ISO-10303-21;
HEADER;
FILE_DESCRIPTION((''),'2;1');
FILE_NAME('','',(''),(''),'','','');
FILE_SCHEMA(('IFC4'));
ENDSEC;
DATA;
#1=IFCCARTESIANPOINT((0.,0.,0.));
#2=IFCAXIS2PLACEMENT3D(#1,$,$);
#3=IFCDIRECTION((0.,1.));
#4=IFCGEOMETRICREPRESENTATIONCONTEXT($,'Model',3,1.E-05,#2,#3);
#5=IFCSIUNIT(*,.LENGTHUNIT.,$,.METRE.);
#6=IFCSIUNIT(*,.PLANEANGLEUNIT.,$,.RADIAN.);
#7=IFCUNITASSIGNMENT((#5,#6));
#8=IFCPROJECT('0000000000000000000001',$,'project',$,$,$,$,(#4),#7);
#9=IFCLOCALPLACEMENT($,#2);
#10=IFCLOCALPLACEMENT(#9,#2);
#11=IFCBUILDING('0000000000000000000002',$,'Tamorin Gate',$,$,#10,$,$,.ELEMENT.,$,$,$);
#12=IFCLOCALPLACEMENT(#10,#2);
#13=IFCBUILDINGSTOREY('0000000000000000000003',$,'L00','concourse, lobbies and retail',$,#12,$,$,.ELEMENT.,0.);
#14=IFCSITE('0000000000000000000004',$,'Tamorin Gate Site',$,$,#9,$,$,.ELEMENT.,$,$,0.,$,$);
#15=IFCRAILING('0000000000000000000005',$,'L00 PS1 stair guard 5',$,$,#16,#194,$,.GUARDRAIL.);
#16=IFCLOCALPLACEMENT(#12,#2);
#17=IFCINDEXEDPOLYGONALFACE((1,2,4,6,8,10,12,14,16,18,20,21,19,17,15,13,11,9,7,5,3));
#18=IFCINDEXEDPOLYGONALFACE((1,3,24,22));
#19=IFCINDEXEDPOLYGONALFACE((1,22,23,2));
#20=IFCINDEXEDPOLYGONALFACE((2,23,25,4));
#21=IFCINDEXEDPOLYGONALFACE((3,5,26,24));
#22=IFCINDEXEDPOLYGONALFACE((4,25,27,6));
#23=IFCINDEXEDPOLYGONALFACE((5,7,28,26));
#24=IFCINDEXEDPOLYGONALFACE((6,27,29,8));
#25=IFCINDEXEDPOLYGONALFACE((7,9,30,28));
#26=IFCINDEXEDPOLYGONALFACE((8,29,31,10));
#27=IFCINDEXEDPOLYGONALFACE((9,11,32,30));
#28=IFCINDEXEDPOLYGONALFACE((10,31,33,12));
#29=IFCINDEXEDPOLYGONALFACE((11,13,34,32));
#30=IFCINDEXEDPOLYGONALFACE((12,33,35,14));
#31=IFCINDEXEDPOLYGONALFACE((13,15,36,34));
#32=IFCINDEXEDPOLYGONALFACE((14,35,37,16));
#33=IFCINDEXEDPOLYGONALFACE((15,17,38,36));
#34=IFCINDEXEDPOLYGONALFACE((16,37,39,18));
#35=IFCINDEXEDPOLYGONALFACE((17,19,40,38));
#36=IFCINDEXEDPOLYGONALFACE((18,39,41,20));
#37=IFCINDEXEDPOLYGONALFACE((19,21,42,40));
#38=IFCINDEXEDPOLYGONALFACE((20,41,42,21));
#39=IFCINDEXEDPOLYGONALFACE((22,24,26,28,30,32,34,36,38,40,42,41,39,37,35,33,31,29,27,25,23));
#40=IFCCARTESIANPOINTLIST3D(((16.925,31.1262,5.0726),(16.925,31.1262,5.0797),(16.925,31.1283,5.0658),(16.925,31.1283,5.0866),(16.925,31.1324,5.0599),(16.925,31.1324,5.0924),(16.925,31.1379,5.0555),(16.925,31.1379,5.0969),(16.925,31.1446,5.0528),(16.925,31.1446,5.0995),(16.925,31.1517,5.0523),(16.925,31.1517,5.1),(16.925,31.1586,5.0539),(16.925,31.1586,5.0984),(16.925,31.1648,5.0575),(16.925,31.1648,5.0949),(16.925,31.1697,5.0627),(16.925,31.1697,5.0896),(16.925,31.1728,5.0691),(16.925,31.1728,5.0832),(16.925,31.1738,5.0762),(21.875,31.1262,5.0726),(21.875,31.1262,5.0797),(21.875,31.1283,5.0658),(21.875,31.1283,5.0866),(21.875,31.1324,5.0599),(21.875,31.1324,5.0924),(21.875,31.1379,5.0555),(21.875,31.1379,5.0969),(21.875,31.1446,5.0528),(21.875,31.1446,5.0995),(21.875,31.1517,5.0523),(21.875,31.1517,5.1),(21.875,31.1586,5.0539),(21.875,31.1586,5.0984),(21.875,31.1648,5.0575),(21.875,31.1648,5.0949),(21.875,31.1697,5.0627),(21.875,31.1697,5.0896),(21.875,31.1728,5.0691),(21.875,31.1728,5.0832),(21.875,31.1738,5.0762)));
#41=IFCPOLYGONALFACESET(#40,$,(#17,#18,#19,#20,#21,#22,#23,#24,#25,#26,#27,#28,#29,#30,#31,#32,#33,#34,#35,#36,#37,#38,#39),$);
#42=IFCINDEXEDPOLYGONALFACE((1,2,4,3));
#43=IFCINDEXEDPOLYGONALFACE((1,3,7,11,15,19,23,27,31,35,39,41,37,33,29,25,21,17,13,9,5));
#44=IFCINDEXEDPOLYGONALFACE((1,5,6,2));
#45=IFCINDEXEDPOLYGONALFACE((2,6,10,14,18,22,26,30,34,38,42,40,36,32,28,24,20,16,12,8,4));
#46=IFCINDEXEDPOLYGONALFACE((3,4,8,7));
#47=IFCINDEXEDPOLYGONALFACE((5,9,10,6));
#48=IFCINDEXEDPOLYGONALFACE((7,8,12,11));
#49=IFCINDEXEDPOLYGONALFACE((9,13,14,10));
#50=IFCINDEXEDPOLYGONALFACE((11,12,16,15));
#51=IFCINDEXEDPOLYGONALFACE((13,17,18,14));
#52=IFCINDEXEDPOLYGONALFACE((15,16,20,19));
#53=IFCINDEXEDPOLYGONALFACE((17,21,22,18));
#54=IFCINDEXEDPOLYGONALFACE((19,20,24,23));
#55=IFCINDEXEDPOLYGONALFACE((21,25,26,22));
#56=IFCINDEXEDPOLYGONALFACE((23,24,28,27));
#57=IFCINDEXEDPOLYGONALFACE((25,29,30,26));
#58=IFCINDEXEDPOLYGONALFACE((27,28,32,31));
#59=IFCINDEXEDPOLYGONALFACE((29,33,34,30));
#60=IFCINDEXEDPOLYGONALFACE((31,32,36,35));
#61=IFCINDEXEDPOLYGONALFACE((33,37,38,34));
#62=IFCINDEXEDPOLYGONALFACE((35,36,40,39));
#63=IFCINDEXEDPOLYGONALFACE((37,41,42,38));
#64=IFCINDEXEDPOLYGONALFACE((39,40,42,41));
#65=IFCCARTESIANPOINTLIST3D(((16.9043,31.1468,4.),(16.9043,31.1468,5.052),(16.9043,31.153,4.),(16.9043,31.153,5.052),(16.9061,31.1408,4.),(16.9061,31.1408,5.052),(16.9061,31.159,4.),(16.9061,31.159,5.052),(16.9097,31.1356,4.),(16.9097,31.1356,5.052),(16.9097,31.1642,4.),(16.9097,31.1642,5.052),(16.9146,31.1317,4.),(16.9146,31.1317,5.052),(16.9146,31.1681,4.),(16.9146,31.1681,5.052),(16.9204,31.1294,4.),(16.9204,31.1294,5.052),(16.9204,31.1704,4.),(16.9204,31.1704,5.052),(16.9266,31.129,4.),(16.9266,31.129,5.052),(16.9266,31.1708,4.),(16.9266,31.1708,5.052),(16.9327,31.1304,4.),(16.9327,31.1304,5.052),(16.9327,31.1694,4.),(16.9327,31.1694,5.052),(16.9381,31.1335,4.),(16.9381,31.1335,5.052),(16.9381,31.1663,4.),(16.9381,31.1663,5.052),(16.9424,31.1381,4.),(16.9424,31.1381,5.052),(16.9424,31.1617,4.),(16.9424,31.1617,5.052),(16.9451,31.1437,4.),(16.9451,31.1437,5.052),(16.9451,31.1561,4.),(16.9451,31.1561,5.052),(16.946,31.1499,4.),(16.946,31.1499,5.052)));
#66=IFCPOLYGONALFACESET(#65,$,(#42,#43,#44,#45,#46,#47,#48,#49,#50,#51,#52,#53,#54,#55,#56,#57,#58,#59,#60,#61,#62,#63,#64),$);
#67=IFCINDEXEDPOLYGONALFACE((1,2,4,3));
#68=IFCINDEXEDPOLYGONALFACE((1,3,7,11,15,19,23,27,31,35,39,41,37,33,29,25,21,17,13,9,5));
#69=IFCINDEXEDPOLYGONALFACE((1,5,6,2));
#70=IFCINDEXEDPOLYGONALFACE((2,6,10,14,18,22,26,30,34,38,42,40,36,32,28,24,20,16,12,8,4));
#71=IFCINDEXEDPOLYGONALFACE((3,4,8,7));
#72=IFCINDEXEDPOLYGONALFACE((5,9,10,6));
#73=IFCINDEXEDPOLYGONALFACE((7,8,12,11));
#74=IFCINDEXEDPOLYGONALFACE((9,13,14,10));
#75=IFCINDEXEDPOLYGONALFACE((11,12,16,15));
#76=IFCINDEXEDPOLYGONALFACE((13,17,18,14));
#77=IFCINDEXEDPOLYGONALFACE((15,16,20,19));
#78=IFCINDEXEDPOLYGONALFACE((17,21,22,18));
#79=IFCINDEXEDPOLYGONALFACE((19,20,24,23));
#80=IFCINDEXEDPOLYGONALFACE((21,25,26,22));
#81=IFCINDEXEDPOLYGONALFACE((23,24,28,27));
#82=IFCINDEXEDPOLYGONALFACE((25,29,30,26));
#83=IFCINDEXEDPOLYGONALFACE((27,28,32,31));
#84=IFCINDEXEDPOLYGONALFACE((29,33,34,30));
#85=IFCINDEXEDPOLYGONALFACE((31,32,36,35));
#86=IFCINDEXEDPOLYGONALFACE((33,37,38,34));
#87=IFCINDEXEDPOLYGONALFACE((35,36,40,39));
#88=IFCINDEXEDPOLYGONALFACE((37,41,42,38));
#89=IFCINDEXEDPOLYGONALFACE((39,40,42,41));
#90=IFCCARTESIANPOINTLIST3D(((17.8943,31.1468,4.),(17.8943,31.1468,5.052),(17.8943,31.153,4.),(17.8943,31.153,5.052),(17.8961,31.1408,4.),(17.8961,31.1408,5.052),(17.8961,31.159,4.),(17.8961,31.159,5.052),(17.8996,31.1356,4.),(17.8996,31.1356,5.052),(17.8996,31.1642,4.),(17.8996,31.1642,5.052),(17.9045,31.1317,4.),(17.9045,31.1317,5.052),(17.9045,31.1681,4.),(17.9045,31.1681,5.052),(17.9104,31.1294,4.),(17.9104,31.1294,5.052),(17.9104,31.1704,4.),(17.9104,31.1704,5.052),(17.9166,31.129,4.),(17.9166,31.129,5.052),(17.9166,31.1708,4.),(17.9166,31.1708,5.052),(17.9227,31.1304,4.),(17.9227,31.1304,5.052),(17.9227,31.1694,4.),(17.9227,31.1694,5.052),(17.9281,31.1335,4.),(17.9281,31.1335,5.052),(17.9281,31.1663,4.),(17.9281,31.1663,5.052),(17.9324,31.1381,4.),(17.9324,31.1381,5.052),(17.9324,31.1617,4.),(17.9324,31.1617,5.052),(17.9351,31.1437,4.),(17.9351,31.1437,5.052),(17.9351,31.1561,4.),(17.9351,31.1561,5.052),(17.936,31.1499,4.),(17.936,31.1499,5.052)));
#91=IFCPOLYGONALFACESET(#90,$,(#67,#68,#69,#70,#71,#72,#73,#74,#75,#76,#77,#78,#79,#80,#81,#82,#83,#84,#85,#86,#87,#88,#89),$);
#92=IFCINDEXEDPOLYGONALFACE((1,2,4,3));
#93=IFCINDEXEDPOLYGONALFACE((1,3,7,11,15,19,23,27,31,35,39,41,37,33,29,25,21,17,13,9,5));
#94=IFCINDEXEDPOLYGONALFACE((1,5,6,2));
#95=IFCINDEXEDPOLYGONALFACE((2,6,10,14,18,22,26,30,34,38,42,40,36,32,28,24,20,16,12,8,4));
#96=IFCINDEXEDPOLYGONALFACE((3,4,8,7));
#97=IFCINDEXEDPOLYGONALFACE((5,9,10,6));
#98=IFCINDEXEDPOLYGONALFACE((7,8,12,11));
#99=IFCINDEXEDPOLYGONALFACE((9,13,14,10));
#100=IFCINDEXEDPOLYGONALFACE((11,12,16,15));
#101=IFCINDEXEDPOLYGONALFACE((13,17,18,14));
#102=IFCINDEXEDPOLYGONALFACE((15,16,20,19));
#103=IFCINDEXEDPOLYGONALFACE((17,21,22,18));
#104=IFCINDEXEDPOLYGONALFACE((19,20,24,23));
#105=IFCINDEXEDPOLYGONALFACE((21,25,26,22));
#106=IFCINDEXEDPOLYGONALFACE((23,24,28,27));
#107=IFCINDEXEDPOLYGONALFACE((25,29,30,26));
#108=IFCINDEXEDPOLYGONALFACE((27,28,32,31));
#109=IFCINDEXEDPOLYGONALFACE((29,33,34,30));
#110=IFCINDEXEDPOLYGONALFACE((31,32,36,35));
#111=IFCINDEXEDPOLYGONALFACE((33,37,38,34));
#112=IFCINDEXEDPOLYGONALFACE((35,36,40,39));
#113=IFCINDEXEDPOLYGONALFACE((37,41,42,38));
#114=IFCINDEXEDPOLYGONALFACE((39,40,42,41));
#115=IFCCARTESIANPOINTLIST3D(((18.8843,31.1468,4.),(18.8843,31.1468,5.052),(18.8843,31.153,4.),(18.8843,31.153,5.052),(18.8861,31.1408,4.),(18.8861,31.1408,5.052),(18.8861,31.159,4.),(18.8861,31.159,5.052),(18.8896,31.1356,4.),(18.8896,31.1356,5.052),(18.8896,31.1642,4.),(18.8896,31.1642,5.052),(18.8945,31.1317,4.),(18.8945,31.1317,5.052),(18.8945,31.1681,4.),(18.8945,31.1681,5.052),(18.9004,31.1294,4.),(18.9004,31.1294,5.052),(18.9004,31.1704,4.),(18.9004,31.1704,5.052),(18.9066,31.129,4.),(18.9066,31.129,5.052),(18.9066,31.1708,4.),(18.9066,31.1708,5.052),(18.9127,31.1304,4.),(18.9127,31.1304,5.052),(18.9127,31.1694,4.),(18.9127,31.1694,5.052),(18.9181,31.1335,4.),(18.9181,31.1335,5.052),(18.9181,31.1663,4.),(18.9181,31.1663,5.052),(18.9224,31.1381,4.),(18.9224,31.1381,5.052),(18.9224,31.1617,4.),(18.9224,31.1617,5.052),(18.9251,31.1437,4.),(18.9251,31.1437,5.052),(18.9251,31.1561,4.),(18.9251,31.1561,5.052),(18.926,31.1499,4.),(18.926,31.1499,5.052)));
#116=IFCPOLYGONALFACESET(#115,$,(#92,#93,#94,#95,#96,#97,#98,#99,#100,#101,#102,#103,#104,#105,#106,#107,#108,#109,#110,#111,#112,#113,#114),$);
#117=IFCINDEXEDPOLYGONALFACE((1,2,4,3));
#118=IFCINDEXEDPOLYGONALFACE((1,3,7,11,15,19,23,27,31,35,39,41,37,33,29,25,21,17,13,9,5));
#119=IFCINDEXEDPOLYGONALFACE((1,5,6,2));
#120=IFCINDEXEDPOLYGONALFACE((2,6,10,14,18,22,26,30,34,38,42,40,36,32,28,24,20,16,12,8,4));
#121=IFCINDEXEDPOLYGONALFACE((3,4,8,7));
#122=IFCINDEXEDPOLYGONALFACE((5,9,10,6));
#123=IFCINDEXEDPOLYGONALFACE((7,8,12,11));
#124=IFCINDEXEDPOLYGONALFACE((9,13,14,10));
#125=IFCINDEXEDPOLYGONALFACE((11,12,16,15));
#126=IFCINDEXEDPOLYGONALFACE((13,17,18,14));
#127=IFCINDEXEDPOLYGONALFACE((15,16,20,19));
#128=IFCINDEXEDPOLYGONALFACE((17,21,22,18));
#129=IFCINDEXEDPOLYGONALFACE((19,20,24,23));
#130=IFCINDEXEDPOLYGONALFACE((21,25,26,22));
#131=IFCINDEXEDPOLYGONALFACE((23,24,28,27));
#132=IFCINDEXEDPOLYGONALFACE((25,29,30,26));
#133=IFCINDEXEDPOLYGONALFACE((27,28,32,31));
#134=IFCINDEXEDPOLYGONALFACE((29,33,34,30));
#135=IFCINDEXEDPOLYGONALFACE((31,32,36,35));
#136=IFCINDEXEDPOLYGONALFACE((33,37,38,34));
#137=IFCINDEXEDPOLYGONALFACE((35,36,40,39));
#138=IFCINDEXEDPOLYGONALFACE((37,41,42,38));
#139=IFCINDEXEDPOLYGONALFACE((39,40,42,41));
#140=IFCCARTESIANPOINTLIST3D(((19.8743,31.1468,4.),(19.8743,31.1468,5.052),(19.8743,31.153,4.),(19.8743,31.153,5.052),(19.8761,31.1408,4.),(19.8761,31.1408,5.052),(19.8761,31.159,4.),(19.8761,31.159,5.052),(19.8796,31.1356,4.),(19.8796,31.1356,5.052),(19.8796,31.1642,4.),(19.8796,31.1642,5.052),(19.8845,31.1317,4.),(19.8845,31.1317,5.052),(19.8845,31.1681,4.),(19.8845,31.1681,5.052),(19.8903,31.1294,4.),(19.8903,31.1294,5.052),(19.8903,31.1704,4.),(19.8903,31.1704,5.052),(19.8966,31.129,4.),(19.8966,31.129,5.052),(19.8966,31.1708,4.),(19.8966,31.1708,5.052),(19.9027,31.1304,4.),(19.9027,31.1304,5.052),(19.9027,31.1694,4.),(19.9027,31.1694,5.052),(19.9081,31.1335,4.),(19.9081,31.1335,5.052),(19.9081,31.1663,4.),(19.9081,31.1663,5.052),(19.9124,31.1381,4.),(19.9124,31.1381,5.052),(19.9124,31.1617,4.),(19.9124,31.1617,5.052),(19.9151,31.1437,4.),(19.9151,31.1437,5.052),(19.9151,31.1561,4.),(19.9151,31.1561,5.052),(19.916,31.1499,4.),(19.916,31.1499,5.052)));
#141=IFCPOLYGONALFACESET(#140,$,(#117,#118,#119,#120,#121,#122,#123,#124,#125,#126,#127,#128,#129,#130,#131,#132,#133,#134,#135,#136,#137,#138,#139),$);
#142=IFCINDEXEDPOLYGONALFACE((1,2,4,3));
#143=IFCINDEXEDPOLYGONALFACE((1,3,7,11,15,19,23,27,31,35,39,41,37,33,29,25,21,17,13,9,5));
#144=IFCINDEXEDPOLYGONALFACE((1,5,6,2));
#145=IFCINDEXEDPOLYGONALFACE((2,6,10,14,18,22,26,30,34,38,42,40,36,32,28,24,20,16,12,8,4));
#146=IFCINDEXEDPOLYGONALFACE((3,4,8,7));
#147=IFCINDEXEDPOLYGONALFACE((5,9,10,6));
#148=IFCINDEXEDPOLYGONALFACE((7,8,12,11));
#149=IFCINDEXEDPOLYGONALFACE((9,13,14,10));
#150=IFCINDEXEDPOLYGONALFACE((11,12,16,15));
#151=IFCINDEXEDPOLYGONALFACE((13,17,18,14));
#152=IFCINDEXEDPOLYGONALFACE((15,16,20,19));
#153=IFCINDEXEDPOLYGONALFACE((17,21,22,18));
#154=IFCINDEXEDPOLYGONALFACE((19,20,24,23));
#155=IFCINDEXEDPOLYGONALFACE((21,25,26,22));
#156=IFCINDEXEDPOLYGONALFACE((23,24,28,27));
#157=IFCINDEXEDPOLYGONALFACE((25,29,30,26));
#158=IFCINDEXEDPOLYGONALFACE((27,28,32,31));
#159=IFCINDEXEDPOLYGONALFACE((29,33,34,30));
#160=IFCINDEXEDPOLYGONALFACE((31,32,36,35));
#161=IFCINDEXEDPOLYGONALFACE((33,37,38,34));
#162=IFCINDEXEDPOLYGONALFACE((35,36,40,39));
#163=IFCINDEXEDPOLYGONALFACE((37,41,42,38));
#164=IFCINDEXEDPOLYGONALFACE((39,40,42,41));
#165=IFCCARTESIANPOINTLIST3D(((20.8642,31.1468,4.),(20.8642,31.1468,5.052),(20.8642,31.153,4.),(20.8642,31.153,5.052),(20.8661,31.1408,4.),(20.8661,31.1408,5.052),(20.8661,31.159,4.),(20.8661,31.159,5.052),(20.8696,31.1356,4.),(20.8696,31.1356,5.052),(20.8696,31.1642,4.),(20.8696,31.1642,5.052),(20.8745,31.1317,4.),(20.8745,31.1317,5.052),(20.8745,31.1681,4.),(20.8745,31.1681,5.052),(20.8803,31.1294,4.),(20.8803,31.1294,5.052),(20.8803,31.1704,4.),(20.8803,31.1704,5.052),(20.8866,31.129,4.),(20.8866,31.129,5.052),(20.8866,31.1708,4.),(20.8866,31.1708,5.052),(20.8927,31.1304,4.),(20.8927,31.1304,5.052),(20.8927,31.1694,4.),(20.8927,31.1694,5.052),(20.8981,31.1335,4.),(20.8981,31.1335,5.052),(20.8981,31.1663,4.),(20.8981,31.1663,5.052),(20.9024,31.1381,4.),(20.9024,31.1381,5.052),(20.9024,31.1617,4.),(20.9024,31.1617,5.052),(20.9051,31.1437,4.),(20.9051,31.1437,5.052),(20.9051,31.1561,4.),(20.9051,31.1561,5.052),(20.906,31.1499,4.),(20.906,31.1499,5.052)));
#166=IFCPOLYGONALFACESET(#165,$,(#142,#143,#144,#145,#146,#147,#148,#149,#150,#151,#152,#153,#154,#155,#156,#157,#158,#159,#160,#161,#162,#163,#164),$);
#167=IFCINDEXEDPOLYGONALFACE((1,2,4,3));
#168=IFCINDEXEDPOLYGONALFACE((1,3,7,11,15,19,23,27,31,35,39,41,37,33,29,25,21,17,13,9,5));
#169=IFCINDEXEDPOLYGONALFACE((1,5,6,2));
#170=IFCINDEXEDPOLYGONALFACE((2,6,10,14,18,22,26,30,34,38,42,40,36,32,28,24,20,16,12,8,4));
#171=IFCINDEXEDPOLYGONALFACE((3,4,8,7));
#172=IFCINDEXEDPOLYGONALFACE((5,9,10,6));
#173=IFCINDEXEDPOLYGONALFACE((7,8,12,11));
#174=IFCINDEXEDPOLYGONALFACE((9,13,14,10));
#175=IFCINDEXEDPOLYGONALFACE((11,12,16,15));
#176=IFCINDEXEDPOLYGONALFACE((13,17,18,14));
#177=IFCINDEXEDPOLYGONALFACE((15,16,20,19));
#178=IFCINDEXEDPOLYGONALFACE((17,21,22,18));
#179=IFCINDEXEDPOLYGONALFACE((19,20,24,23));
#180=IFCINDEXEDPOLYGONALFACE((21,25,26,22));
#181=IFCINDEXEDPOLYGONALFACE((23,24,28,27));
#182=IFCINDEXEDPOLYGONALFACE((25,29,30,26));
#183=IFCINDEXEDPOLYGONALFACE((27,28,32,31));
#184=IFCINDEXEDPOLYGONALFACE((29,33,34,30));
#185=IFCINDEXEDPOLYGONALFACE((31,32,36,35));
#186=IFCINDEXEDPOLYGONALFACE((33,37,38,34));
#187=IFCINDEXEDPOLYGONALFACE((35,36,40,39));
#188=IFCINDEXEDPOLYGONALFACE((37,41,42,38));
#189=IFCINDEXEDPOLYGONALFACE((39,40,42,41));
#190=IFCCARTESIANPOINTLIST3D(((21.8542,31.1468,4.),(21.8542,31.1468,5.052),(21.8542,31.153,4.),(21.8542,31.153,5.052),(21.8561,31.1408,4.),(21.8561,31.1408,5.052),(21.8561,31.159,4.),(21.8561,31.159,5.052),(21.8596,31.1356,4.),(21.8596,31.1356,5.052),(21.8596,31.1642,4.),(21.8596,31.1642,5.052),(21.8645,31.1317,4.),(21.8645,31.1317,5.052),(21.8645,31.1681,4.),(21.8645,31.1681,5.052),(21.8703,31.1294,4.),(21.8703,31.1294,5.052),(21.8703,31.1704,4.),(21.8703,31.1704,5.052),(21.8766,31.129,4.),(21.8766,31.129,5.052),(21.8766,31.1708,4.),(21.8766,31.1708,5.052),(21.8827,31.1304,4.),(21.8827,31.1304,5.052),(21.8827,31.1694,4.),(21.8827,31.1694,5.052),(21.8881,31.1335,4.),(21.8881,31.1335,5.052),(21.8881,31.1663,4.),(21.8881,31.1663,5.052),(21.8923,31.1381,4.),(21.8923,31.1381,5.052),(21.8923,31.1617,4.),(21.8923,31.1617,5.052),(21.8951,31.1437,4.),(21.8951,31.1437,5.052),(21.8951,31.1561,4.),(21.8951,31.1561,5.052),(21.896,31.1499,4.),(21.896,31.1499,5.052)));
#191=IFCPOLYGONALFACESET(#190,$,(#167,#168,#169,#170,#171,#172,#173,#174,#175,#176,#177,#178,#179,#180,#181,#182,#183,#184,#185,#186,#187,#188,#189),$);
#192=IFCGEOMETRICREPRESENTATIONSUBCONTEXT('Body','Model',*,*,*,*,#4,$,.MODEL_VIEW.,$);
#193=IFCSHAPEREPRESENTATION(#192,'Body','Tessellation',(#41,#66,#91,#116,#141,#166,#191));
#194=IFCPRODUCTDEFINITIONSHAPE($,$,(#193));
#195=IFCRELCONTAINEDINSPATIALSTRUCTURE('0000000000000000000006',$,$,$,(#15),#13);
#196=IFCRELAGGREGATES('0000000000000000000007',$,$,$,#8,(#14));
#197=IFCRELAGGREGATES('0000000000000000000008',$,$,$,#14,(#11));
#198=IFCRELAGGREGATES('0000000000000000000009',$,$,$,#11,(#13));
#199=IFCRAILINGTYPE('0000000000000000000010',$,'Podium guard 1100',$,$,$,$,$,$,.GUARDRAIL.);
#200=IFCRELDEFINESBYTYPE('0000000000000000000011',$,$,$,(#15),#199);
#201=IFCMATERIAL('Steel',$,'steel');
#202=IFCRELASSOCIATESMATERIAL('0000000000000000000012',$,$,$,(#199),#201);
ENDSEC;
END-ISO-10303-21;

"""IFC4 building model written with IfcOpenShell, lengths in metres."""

from ifc_helpers import new_model, si_unit, direction, frame, origin, origin_2d, place, context, subcontext, project, spatial, circle, extrude, material, type_object, element, save


model = new_model("IFC4")

# Units and contexts
model_context = context("Model", 3, precision=1e-05, world=origin(), true_north=direction((0.0, 1.0)))
body_context = subcontext(model_context, "Body", "Model", "MODEL_VIEW")
ifc_project = project(units=[si_unit("LENGTHUNIT", "METRE"), si_unit("PLANEANGLEUNIT", "RADIAN")], contexts=[model_context])

# Site, building, storey
site_placement = place(None, origin())
site = spatial("IfcSite", under=ifc_project, at=site_placement, Name="Tamorin Gate Site", CompositionType="ELEMENT", RefElevation=0.0)
building_placement = place(site_placement, origin())
building = spatial("IfcBuilding", under=site, at=building_placement, Name="Tamorin Gate", CompositionType="ELEMENT")
storey_placement = place(building_placement, origin())
storey = spatial("IfcBuildingStorey", under=building, at=storey_placement, Name="L00", Description="concourse, lobbies and retail", CompositionType="ELEMENT", Elevation=0.0)

# Railing
ifc_material_1 = material(Name="Steel", Category="steel")
railing_type_1 = type_object("IfcRailingType", Name="Podium guard 1100", PredefinedType="GUARDRAIL", material=ifc_material_1)
railing_1_placement = place(storey_placement, frame((16.925, 31.1499, 4.0)))
element("IfcRailing", 1, at=railing_1_placement, inside=storey, type_object=railing_type_1, Name="L00 PS1 stair guard 5", PredefinedType="GUARDRAIL", context=body_context, shape_type="SweptSolid", body=[
    extrude(circle(Radius=0.0239, at=origin_2d()), frame((0.0, 0.0, 1.0762), z_axis=(1.0, 0.0, 0.0), x_axis=(0.0, 1.0, 0.0)), (0.0, 0.0, 1.0), 4.95),
    extrude(circle(Radius=0.021, at=origin_2d()), origin(), (0.0, 0.0, 1.0), 1.052),
    extrude(circle(Radius=0.021, at=origin_2d()), frame((0.99, 0.0, 0.0)), (0.0, 0.0, 1.0), 1.052),
    extrude(circle(Radius=0.021, at=origin_2d()), frame((1.98, 0.0, 0.0)), (0.0, 0.0, 1.0), 1.052),
    extrude(circle(Radius=0.021, at=origin_2d()), frame((2.97, 0.0, 0.0)), (0.0, 0.0, 1.0), 1.052),
    extrude(circle(Radius=0.021, at=origin_2d()), frame((3.96, 0.0, 0.0)), (0.0, 0.0, 1.0), 1.052),
    extrude(circle(Radius=0.021, at=origin_2d()), frame((4.95, 0.0, 0.0)), (0.0, 0.0, 1.0), 1.052),
])

save(model, "model.ifc")
